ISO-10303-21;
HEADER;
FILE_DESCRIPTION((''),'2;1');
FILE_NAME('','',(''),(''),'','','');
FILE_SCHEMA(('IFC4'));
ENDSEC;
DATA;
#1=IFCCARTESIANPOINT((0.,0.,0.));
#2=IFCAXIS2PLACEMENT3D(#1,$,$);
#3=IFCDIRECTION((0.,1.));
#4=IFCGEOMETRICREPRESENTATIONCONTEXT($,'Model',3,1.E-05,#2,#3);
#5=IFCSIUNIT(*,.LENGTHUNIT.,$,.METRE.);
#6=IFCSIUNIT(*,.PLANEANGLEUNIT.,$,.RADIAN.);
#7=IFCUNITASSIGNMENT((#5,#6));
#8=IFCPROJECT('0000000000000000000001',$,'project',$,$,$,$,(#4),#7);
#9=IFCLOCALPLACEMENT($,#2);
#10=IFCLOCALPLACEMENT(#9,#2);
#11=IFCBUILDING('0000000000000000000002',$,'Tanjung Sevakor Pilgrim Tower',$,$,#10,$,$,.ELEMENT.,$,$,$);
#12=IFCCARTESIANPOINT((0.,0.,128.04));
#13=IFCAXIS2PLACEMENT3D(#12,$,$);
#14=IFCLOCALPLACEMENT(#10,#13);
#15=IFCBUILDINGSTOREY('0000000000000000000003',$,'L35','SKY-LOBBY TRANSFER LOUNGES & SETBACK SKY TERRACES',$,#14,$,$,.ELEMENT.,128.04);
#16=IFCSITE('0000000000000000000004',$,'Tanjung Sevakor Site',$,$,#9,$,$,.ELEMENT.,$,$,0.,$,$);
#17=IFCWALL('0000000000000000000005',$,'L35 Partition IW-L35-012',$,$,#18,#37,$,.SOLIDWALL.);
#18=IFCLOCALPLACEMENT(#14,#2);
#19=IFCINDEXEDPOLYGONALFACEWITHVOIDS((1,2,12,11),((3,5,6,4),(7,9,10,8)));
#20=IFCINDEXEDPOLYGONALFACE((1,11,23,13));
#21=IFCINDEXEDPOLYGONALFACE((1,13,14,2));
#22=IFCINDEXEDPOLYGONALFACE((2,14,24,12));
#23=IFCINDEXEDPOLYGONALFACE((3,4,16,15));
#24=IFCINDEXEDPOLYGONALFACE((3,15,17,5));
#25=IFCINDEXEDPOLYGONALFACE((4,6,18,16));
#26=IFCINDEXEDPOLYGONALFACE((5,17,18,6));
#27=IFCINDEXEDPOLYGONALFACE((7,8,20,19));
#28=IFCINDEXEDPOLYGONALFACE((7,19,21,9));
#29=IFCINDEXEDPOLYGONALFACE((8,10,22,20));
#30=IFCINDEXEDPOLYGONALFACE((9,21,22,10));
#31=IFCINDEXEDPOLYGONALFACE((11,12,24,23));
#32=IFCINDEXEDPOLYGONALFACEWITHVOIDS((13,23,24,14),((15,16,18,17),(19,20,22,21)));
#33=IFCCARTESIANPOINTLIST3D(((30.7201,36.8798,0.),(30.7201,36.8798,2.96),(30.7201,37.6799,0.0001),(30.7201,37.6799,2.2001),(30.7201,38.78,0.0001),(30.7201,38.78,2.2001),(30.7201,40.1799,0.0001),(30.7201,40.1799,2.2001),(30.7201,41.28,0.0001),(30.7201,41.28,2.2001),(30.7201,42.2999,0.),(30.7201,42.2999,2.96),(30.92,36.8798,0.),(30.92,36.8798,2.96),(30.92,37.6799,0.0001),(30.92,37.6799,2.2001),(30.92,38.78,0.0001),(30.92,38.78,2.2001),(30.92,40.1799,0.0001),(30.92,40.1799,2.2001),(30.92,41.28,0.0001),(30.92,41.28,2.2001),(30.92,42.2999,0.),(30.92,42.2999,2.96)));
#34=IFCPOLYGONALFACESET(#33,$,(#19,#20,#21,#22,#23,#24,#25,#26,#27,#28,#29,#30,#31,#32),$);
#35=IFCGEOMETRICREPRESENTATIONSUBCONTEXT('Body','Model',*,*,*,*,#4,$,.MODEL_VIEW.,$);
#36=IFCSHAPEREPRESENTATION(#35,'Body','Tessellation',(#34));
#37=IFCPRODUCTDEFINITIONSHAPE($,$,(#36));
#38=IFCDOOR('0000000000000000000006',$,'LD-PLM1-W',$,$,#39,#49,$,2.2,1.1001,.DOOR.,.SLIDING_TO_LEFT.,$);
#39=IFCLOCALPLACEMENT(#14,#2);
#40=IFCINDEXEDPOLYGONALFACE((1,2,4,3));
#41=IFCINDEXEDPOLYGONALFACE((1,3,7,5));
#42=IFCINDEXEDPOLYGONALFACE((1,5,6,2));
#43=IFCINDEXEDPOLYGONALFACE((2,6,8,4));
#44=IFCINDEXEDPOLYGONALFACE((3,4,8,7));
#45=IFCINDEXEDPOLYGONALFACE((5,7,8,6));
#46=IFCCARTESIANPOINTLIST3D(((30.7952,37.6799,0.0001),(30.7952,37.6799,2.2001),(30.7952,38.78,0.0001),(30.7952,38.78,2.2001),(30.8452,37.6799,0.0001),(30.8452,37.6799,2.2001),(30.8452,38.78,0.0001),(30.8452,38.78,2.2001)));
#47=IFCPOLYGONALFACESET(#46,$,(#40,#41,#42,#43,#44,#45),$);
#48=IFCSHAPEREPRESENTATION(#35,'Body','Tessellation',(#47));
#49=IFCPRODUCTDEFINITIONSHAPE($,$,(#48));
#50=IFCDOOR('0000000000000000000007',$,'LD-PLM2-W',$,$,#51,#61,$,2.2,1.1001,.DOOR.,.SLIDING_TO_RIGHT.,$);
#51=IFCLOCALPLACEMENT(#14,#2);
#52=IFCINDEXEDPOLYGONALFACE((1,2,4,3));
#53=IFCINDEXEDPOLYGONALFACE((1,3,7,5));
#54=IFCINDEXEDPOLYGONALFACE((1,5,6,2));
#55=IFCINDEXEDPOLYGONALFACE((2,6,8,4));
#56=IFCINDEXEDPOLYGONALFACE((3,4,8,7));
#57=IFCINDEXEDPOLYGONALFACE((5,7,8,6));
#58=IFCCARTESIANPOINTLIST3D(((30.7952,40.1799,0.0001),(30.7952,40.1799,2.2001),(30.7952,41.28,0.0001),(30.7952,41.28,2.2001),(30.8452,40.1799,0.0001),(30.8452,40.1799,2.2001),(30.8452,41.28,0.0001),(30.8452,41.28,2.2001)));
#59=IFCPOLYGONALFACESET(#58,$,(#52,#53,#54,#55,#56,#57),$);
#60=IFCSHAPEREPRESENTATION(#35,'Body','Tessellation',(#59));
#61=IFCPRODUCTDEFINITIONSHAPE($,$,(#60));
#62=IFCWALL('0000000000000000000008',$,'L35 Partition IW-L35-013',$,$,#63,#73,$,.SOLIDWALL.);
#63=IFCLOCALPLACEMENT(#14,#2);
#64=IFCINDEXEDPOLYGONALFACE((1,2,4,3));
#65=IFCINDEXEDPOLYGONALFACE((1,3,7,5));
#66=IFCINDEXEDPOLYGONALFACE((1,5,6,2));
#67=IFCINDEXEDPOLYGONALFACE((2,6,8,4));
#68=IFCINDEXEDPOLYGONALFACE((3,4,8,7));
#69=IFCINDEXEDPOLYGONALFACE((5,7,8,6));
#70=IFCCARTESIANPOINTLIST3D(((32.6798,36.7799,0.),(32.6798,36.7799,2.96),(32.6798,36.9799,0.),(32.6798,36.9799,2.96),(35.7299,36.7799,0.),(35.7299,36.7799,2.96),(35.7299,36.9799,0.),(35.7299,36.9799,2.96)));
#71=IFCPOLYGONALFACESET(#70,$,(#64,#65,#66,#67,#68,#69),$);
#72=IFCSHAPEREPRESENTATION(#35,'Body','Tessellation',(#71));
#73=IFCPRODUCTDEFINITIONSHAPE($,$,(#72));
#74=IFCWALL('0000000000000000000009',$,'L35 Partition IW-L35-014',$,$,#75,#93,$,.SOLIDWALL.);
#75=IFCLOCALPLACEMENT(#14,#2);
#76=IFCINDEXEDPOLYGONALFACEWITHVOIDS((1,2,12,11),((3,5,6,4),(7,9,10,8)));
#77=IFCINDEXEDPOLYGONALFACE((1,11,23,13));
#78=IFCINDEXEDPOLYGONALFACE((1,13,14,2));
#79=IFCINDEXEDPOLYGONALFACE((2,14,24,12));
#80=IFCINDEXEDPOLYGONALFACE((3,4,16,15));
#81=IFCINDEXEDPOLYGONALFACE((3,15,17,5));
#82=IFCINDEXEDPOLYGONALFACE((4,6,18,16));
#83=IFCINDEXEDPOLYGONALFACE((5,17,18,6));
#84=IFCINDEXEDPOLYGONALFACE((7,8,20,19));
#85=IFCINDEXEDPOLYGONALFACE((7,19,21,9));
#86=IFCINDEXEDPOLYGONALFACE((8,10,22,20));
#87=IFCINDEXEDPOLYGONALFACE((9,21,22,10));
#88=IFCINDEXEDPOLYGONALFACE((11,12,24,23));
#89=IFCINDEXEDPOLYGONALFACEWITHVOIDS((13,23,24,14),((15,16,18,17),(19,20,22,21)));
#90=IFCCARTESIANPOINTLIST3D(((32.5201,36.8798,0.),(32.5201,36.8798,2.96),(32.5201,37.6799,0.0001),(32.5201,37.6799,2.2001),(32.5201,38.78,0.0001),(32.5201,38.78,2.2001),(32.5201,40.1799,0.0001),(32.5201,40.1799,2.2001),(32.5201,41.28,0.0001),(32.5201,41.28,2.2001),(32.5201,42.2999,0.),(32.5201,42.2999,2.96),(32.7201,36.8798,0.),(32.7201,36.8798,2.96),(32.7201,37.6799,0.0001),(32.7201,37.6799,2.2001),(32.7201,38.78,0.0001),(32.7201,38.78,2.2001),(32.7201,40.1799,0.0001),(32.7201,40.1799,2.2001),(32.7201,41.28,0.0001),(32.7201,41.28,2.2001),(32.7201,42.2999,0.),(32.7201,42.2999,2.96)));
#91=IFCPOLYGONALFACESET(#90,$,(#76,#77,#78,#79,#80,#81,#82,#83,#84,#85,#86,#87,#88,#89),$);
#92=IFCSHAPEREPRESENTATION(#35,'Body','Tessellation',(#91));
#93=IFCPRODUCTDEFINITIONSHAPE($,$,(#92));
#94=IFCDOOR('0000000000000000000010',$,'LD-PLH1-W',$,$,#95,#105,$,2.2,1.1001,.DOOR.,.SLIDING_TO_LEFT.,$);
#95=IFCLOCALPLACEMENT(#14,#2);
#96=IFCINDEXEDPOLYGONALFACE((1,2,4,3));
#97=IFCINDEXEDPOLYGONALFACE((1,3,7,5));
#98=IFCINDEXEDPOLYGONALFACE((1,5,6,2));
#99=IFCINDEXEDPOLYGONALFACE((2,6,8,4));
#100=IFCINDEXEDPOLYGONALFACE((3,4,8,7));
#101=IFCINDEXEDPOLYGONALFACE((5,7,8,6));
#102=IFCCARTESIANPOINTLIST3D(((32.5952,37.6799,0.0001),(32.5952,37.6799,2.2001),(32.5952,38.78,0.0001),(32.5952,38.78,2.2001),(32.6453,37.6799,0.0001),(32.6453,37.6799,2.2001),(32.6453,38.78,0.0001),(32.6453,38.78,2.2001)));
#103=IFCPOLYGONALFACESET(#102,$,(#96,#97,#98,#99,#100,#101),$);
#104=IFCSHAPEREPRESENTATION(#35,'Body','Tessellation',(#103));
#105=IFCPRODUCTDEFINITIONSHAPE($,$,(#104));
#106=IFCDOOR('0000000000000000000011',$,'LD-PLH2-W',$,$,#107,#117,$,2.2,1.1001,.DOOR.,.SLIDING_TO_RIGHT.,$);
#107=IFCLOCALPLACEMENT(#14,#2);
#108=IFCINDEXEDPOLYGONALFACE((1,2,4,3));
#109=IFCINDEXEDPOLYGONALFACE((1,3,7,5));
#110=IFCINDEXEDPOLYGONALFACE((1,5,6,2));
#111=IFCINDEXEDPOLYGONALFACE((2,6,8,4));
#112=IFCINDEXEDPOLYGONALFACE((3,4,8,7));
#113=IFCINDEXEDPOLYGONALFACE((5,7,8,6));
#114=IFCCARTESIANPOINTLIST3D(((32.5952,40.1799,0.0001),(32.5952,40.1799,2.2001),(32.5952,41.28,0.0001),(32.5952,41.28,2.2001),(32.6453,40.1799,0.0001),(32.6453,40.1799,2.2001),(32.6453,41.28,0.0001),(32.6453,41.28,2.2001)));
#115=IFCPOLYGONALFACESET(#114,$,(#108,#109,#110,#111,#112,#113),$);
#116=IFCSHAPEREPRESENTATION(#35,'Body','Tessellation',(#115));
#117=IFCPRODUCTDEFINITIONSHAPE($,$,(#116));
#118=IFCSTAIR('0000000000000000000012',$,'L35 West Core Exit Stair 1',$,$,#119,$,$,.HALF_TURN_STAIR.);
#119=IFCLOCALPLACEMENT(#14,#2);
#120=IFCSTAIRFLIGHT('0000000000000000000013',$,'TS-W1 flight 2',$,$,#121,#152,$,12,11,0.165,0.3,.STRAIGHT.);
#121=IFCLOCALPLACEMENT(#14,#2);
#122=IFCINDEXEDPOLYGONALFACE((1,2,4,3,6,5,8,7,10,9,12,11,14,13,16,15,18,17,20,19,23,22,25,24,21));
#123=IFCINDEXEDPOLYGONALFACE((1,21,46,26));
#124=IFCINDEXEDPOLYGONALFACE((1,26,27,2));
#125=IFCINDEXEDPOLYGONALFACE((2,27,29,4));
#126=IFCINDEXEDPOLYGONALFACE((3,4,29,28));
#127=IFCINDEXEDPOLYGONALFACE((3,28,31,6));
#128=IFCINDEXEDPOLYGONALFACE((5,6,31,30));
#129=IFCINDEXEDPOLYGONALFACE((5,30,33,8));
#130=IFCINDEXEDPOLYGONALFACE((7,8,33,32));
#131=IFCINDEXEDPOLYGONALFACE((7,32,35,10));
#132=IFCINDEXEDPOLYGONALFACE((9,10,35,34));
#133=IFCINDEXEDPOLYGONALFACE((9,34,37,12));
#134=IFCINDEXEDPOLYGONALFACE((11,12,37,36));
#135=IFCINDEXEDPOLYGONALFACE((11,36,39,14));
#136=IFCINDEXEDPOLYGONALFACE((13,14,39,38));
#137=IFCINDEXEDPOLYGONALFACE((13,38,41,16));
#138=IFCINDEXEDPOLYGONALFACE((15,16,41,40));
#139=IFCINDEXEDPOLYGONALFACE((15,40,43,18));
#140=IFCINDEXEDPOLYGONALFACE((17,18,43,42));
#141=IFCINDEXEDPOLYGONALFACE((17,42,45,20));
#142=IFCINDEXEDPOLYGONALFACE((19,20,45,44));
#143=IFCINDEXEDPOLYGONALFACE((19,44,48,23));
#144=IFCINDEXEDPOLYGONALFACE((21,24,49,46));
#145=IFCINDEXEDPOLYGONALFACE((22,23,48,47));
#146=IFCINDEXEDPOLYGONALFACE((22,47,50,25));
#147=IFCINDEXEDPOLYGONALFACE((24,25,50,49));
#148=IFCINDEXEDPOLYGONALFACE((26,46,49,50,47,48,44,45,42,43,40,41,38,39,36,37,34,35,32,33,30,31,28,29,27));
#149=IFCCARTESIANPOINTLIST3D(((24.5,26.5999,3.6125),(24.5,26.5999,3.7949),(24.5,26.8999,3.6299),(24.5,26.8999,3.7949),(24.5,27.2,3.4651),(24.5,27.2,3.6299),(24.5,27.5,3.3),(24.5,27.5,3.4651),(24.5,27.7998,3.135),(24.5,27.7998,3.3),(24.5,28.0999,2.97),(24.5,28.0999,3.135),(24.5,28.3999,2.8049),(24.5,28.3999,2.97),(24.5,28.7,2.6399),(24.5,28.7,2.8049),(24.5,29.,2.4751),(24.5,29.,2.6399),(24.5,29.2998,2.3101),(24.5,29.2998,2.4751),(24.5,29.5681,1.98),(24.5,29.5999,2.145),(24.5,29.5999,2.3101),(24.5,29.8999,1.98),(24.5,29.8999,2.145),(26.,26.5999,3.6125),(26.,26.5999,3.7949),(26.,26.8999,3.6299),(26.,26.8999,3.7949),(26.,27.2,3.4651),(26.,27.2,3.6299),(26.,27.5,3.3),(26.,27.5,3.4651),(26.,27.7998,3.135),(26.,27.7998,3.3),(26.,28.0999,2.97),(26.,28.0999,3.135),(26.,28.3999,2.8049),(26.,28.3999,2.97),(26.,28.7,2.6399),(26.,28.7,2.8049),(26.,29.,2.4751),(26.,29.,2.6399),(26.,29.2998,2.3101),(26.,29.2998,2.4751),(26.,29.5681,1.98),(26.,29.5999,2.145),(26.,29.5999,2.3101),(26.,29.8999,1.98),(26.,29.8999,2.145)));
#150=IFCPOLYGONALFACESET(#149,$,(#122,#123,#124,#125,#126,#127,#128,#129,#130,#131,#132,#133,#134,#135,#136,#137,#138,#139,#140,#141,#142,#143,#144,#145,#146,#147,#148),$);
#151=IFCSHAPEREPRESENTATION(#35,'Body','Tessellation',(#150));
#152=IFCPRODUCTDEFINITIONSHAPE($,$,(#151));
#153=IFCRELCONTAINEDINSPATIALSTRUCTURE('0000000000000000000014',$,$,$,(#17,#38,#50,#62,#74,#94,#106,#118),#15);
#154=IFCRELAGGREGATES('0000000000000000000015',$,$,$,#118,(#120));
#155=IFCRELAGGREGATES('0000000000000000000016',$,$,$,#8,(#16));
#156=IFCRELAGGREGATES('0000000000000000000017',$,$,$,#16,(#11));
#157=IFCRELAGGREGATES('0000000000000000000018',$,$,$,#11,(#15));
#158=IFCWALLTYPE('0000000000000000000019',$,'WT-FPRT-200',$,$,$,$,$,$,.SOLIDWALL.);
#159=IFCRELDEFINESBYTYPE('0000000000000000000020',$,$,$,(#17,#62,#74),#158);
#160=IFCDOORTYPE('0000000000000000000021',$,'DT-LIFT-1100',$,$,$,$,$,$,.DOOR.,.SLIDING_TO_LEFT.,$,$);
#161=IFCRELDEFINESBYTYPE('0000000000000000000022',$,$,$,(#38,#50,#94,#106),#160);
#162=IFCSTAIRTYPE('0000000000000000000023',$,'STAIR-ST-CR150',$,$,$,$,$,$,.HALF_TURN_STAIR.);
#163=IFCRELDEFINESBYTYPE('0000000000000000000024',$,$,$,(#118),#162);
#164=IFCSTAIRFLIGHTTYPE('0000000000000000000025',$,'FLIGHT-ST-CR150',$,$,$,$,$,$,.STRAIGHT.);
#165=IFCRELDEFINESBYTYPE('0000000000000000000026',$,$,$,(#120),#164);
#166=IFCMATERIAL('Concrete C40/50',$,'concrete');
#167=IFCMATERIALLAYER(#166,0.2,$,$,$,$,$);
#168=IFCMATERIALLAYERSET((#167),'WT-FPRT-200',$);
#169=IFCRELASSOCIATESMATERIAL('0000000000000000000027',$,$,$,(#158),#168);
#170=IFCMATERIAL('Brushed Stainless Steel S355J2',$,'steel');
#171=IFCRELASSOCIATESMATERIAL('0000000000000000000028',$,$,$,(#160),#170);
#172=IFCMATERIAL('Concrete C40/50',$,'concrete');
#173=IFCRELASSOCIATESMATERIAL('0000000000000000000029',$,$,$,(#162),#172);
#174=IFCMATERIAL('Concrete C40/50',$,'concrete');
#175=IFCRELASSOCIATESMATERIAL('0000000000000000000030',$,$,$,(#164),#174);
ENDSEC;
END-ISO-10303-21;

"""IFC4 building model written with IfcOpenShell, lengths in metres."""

from ifc_helpers import new_model, si_unit, direction, frame, frame_2d, origin, place, context, subcontext, project, spatial, polyline, rectangle, outline, extrude, material, layer, layer_set, type_object, element, fill, aggregate, save


model = new_model("IFC4")

# Units and contexts
model_context = context("Model", 3, precision=1e-05, world=origin(), true_north=direction((0.0, 1.0)))
body_context = subcontext(model_context, "Body", "Model", "MODEL_VIEW")
ifc_project = project(units=[si_unit("LENGTHUNIT", "METRE"), si_unit("PLANEANGLEUNIT", "RADIAN")], contexts=[model_context])

# Site, building, storey
site_placement = place(None, origin())
site = spatial("IfcSite", under=ifc_project, at=site_placement, Name="Tanjung Sevakor Site", CompositionType="ELEMENT", RefElevation=0.0)
building_placement = place(site_placement, origin())
building = spatial("IfcBuilding", under=site, at=building_placement, Name="Tanjung Sevakor Pilgrim Tower", CompositionType="ELEMENT")
storey_placement = place(building_placement, frame((0.0, 0.0, 128.04)))
storey = spatial("IfcBuildingStorey", under=building, at=storey_placement, Name="L35", Description="SKY-LOBBY TRANSFER LOUNGES & SETBACK SKY TERRACES", CompositionType="ELEMENT", Elevation=128.04)

# Shared definitions
ifc_material_1 = material(Name="Concrete C40/50", Category="concrete")
ifc_layer_1 = layer(ifc_material_1, 0.2)
ifc_layer_set_1 = layer_set([ifc_layer_1], Name="WT-FPRT-200")
wall_type_1 = type_object("IfcWallType", Name="WT-FPRT-200", PredefinedType="SOLIDWALL", material=ifc_layer_set_1)

# Wall, openings, doors
wall_1_placement = place(storey_placement, frame((30.8201, 36.8799, 0.0), z_axis=(0.0, 0.0, 1.0), x_axis=(0.0, 1.0, 0.0)))
wall_1 = element("IfcWall", 1, at=wall_1_placement, inside=storey, type_object=wall_type_1, Name="L35 Partition IW-L35-012", PredefinedType="SOLIDWALL", context=body_context, shape_type="SweptSolid", body=[
    extrude(rectangle(XDim=5.4202, YDim=0.2, at=frame_2d((2.71, 0.0))), origin(), (0.0, 0.0, 1.0), 2.96),
])
opening_1_placement = place(wall_1_placement, frame((0.8, 0.0, 0.0)))
opening_1 = element("IfcOpeningElement", 2, at=opening_1_placement, cuts=wall_1, PredefinedType="OPENING", context=body_context, shape_type="SweptSolid", body=[
    extrude(rectangle(XDim=1.1001, YDim=2.2, at=frame_2d((0.55, 1.1001))), frame((0.0, 0.1099, 0.0), z_axis=(0.0, -1.0, 0.0), x_axis=(1.0, 0.0, 0.0)), (0.0, 0.0, 1.0), 0.22),
])
opening_2_placement = place(wall_1_placement, frame((3.3, 0.0, 0.0)))
opening_2 = element("IfcOpeningElement", 3, at=opening_2_placement, cuts=wall_1, PredefinedType="OPENING", context=body_context, shape_type="SweptSolid", body=[
    extrude(rectangle(XDim=1.1001, YDim=2.2, at=frame_2d((0.55, 1.1001))), frame((0.0, 0.1099, 0.0), z_axis=(0.0, -1.0, 0.0), x_axis=(1.0, 0.0, 0.0)), (0.0, 0.0, 1.0), 0.22),
])
ifc_material_2 = material(Name="Brushed Stainless Steel S355J2", Category="steel")
door_type_1 = type_object("IfcDoorType", Name="DT-LIFT-1100", OperationType="SLIDING_TO_LEFT", PredefinedType="DOOR", material=ifc_material_2)
door_1_placement = place(opening_1_placement, origin())
door_1 = element("IfcDoor", 4, at=door_1_placement, inside=storey, type_object=door_type_1, Name="LD-PLM1-W", OperationType="SLIDING_TO_LEFT", OverallHeight=2.2, OverallWidth=1.1001, PredefinedType="DOOR", context=body_context, shape_type="SweptSolid", body=[
    extrude(rectangle(XDim=1.1001, YDim=2.2, at=frame_2d((0.55, 1.1001))), frame((0.0, 0.0249, 0.0), z_axis=(0.0, -1.0, 0.0), x_axis=(1.0, 0.0, 0.0)), (0.0, 0.0, 1.0), 0.05),
])
fill(opening_1, door_1)
door_2_placement = place(opening_2_placement, origin())
door_2 = element("IfcDoor", 5, at=door_2_placement, inside=storey, type_object=door_type_1, Name="LD-PLM2-W", OperationType="SLIDING_TO_RIGHT", OverallHeight=2.2, OverallWidth=1.1001, PredefinedType="DOOR", context=body_context, shape_type="SweptSolid", body=[
    extrude(rectangle(XDim=1.1001, YDim=2.2, at=frame_2d((0.55, 1.1001))), frame((0.0, 0.0249, 0.0), z_axis=(0.0, -1.0, 0.0), x_axis=(1.0, 0.0, 0.0)), (0.0, 0.0, 1.0), 0.05),
])
fill(opening_2, door_2)

# Wall
wall_2_placement = place(storey_placement, frame((32.6799, 36.8799, 0.0), z_axis=(0.0, 0.0, 1.0), x_axis=(1.0, 0.0, 0.0)))
element("IfcWall", 6, at=wall_2_placement, inside=storey, type_object=wall_type_1, Name="L35 Partition IW-L35-013", PredefinedType="SOLIDWALL", context=body_context, shape_type="SweptSolid", body=[
    extrude(rectangle(XDim=3.05, YDim=0.2, at=frame_2d((1.5249, 0.0))), origin(), (0.0, 0.0, 1.0), 2.96),
])

# Wall, openings, doors
wall_3_placement = place(storey_placement, frame((32.6201, 36.8799, 0.0), z_axis=(0.0, 0.0, 1.0), x_axis=(0.0, 1.0, 0.0)))
wall_3 = element("IfcWall", 7, at=wall_3_placement, inside=storey, type_object=wall_type_1, Name="L35 Partition IW-L35-014", PredefinedType="SOLIDWALL", context=body_context, shape_type="SweptSolid", body=[
    extrude(rectangle(XDim=5.4202, YDim=0.2, at=frame_2d((2.71, 0.0))), origin(), (0.0, 0.0, 1.0), 2.96),
])
opening_3_placement = place(wall_3_placement, frame((0.8, 0.0, 0.0)))
opening_3 = element("IfcOpeningElement", 8, at=opening_3_placement, cuts=wall_3, PredefinedType="OPENING", context=body_context, shape_type="SweptSolid", body=[
    extrude(rectangle(XDim=1.1001, YDim=2.2, at=frame_2d((0.55, 1.1001))), frame((0.0, 0.1099, 0.0), z_axis=(0.0, -1.0, 0.0), x_axis=(1.0, 0.0, 0.0)), (0.0, 0.0, 1.0), 0.22),
])
opening_4_placement = place(wall_3_placement, frame((3.3, 0.0, 0.0)))
opening_4 = element("IfcOpeningElement", 9, at=opening_4_placement, cuts=wall_3, PredefinedType="OPENING", context=body_context, shape_type="SweptSolid", body=[
    extrude(rectangle(XDim=1.1001, YDim=2.2, at=frame_2d((0.55, 1.1001))), frame((0.0, 0.1099, 0.0), z_axis=(0.0, -1.0, 0.0), x_axis=(1.0, 0.0, 0.0)), (0.0, 0.0, 1.0), 0.22),
])
door_3_placement = place(opening_3_placement, origin())
door_3 = element("IfcDoor", 10, at=door_3_placement, inside=storey, type_object=door_type_1, Name="LD-PLH1-W", OperationType="SLIDING_TO_LEFT", OverallHeight=2.2, OverallWidth=1.1001, PredefinedType="DOOR", context=body_context, shape_type="SweptSolid", body=[
    extrude(rectangle(XDim=1.1001, YDim=2.2, at=frame_2d((0.55, 1.1001))), frame((0.0, 0.0249, 0.0), z_axis=(0.0, -1.0, 0.0), x_axis=(1.0, 0.0, 0.0)), (0.0, 0.0, 1.0), 0.05),
])
fill(opening_3, door_3)
door_4_placement = place(opening_4_placement, origin())
door_4 = element("IfcDoor", 11, at=door_4_placement, inside=storey, type_object=door_type_1, Name="LD-PLH2-W", OperationType="SLIDING_TO_RIGHT", OverallHeight=2.2, OverallWidth=1.1001, PredefinedType="DOOR", context=body_context, shape_type="SweptSolid", body=[
    extrude(rectangle(XDim=1.1001, YDim=2.2, at=frame_2d((0.55, 1.1001))), frame((0.0, 0.0249, 0.0), z_axis=(0.0, -1.0, 0.0), x_axis=(1.0, 0.0, 0.0)), (0.0, 0.0, 1.0), 0.05),
])
fill(opening_4, door_4)

# Stair, stair flight
ifc_material_3 = material(Name="Concrete C40/50", Category="concrete")
stair_type = type_object("IfcStairType", Name="STAIR-ST-CR150", PredefinedType="HALF_TURN_STAIR", material=ifc_material_3)
stair_1_placement = place(storey_placement, origin())
stair_1 = element("IfcStair", 12, at=stair_1_placement, inside=storey, type_object=stair_type, Name="L35 West Core Exit Stair 1", PredefinedType="HALF_TURN_STAIR")
ifc_material_4 = material(Name="Concrete C40/50", Category="concrete")
stair_flight_type = type_object("IfcStairFlightType", Name="FLIGHT-ST-CR150", PredefinedType="STRAIGHT", material=ifc_material_4)
stair_flight_1_placement = place(storey_placement, frame((25.25, 29.8999, 1.98), z_axis=(0.0, 0.0, 1.0), x_axis=(0.0, -1.0, 0.0)))
stair_flight_1 = element("IfcStairFlight", 13, at=stair_flight_1_placement, type_object=stair_flight_type, Name="TS-W1 flight 2", NumberOfRisers=12, NumberOfTreads=11, PredefinedType="STRAIGHT", RiserHeight=0.165, TreadLength=0.3, context=body_context, shape_type="SweptSolid", body=[
    extrude(outline(polyline([(0.0, 0.0), (0.0, 0.165), (0.3, 0.165), (0.3, 0.3301), (0.6001, 0.3301), (0.6001, 0.4951), (0.8999, 0.4951), (0.8999, 0.6599), (1.2, 0.6599), (1.2, 0.825), (1.5, 0.825), (1.5, 0.99), (1.8, 0.99), (1.8, 1.155), (2.1001, 1.155), (2.1001, 1.3201), (2.3999, 1.3201), (2.3999, 1.4851), (2.7, 1.4851), (2.7, 1.6499), (3.0, 1.6499), (3.0, 1.8149), (3.3, 1.8149), (3.3, 1.98), (3.3, 1.6326), (0.3318, 0.0), (0.0, 0.0)])), frame((0.0, 0.75, 0.0), z_axis=(0.0, -1.0, 0.0), x_axis=(1.0, 0.0, 0.0)), (0.0, 0.0, 1.0), 1.5),
])
aggregate(stair_1, [stair_flight_1])

save(model, "model.ifc")
